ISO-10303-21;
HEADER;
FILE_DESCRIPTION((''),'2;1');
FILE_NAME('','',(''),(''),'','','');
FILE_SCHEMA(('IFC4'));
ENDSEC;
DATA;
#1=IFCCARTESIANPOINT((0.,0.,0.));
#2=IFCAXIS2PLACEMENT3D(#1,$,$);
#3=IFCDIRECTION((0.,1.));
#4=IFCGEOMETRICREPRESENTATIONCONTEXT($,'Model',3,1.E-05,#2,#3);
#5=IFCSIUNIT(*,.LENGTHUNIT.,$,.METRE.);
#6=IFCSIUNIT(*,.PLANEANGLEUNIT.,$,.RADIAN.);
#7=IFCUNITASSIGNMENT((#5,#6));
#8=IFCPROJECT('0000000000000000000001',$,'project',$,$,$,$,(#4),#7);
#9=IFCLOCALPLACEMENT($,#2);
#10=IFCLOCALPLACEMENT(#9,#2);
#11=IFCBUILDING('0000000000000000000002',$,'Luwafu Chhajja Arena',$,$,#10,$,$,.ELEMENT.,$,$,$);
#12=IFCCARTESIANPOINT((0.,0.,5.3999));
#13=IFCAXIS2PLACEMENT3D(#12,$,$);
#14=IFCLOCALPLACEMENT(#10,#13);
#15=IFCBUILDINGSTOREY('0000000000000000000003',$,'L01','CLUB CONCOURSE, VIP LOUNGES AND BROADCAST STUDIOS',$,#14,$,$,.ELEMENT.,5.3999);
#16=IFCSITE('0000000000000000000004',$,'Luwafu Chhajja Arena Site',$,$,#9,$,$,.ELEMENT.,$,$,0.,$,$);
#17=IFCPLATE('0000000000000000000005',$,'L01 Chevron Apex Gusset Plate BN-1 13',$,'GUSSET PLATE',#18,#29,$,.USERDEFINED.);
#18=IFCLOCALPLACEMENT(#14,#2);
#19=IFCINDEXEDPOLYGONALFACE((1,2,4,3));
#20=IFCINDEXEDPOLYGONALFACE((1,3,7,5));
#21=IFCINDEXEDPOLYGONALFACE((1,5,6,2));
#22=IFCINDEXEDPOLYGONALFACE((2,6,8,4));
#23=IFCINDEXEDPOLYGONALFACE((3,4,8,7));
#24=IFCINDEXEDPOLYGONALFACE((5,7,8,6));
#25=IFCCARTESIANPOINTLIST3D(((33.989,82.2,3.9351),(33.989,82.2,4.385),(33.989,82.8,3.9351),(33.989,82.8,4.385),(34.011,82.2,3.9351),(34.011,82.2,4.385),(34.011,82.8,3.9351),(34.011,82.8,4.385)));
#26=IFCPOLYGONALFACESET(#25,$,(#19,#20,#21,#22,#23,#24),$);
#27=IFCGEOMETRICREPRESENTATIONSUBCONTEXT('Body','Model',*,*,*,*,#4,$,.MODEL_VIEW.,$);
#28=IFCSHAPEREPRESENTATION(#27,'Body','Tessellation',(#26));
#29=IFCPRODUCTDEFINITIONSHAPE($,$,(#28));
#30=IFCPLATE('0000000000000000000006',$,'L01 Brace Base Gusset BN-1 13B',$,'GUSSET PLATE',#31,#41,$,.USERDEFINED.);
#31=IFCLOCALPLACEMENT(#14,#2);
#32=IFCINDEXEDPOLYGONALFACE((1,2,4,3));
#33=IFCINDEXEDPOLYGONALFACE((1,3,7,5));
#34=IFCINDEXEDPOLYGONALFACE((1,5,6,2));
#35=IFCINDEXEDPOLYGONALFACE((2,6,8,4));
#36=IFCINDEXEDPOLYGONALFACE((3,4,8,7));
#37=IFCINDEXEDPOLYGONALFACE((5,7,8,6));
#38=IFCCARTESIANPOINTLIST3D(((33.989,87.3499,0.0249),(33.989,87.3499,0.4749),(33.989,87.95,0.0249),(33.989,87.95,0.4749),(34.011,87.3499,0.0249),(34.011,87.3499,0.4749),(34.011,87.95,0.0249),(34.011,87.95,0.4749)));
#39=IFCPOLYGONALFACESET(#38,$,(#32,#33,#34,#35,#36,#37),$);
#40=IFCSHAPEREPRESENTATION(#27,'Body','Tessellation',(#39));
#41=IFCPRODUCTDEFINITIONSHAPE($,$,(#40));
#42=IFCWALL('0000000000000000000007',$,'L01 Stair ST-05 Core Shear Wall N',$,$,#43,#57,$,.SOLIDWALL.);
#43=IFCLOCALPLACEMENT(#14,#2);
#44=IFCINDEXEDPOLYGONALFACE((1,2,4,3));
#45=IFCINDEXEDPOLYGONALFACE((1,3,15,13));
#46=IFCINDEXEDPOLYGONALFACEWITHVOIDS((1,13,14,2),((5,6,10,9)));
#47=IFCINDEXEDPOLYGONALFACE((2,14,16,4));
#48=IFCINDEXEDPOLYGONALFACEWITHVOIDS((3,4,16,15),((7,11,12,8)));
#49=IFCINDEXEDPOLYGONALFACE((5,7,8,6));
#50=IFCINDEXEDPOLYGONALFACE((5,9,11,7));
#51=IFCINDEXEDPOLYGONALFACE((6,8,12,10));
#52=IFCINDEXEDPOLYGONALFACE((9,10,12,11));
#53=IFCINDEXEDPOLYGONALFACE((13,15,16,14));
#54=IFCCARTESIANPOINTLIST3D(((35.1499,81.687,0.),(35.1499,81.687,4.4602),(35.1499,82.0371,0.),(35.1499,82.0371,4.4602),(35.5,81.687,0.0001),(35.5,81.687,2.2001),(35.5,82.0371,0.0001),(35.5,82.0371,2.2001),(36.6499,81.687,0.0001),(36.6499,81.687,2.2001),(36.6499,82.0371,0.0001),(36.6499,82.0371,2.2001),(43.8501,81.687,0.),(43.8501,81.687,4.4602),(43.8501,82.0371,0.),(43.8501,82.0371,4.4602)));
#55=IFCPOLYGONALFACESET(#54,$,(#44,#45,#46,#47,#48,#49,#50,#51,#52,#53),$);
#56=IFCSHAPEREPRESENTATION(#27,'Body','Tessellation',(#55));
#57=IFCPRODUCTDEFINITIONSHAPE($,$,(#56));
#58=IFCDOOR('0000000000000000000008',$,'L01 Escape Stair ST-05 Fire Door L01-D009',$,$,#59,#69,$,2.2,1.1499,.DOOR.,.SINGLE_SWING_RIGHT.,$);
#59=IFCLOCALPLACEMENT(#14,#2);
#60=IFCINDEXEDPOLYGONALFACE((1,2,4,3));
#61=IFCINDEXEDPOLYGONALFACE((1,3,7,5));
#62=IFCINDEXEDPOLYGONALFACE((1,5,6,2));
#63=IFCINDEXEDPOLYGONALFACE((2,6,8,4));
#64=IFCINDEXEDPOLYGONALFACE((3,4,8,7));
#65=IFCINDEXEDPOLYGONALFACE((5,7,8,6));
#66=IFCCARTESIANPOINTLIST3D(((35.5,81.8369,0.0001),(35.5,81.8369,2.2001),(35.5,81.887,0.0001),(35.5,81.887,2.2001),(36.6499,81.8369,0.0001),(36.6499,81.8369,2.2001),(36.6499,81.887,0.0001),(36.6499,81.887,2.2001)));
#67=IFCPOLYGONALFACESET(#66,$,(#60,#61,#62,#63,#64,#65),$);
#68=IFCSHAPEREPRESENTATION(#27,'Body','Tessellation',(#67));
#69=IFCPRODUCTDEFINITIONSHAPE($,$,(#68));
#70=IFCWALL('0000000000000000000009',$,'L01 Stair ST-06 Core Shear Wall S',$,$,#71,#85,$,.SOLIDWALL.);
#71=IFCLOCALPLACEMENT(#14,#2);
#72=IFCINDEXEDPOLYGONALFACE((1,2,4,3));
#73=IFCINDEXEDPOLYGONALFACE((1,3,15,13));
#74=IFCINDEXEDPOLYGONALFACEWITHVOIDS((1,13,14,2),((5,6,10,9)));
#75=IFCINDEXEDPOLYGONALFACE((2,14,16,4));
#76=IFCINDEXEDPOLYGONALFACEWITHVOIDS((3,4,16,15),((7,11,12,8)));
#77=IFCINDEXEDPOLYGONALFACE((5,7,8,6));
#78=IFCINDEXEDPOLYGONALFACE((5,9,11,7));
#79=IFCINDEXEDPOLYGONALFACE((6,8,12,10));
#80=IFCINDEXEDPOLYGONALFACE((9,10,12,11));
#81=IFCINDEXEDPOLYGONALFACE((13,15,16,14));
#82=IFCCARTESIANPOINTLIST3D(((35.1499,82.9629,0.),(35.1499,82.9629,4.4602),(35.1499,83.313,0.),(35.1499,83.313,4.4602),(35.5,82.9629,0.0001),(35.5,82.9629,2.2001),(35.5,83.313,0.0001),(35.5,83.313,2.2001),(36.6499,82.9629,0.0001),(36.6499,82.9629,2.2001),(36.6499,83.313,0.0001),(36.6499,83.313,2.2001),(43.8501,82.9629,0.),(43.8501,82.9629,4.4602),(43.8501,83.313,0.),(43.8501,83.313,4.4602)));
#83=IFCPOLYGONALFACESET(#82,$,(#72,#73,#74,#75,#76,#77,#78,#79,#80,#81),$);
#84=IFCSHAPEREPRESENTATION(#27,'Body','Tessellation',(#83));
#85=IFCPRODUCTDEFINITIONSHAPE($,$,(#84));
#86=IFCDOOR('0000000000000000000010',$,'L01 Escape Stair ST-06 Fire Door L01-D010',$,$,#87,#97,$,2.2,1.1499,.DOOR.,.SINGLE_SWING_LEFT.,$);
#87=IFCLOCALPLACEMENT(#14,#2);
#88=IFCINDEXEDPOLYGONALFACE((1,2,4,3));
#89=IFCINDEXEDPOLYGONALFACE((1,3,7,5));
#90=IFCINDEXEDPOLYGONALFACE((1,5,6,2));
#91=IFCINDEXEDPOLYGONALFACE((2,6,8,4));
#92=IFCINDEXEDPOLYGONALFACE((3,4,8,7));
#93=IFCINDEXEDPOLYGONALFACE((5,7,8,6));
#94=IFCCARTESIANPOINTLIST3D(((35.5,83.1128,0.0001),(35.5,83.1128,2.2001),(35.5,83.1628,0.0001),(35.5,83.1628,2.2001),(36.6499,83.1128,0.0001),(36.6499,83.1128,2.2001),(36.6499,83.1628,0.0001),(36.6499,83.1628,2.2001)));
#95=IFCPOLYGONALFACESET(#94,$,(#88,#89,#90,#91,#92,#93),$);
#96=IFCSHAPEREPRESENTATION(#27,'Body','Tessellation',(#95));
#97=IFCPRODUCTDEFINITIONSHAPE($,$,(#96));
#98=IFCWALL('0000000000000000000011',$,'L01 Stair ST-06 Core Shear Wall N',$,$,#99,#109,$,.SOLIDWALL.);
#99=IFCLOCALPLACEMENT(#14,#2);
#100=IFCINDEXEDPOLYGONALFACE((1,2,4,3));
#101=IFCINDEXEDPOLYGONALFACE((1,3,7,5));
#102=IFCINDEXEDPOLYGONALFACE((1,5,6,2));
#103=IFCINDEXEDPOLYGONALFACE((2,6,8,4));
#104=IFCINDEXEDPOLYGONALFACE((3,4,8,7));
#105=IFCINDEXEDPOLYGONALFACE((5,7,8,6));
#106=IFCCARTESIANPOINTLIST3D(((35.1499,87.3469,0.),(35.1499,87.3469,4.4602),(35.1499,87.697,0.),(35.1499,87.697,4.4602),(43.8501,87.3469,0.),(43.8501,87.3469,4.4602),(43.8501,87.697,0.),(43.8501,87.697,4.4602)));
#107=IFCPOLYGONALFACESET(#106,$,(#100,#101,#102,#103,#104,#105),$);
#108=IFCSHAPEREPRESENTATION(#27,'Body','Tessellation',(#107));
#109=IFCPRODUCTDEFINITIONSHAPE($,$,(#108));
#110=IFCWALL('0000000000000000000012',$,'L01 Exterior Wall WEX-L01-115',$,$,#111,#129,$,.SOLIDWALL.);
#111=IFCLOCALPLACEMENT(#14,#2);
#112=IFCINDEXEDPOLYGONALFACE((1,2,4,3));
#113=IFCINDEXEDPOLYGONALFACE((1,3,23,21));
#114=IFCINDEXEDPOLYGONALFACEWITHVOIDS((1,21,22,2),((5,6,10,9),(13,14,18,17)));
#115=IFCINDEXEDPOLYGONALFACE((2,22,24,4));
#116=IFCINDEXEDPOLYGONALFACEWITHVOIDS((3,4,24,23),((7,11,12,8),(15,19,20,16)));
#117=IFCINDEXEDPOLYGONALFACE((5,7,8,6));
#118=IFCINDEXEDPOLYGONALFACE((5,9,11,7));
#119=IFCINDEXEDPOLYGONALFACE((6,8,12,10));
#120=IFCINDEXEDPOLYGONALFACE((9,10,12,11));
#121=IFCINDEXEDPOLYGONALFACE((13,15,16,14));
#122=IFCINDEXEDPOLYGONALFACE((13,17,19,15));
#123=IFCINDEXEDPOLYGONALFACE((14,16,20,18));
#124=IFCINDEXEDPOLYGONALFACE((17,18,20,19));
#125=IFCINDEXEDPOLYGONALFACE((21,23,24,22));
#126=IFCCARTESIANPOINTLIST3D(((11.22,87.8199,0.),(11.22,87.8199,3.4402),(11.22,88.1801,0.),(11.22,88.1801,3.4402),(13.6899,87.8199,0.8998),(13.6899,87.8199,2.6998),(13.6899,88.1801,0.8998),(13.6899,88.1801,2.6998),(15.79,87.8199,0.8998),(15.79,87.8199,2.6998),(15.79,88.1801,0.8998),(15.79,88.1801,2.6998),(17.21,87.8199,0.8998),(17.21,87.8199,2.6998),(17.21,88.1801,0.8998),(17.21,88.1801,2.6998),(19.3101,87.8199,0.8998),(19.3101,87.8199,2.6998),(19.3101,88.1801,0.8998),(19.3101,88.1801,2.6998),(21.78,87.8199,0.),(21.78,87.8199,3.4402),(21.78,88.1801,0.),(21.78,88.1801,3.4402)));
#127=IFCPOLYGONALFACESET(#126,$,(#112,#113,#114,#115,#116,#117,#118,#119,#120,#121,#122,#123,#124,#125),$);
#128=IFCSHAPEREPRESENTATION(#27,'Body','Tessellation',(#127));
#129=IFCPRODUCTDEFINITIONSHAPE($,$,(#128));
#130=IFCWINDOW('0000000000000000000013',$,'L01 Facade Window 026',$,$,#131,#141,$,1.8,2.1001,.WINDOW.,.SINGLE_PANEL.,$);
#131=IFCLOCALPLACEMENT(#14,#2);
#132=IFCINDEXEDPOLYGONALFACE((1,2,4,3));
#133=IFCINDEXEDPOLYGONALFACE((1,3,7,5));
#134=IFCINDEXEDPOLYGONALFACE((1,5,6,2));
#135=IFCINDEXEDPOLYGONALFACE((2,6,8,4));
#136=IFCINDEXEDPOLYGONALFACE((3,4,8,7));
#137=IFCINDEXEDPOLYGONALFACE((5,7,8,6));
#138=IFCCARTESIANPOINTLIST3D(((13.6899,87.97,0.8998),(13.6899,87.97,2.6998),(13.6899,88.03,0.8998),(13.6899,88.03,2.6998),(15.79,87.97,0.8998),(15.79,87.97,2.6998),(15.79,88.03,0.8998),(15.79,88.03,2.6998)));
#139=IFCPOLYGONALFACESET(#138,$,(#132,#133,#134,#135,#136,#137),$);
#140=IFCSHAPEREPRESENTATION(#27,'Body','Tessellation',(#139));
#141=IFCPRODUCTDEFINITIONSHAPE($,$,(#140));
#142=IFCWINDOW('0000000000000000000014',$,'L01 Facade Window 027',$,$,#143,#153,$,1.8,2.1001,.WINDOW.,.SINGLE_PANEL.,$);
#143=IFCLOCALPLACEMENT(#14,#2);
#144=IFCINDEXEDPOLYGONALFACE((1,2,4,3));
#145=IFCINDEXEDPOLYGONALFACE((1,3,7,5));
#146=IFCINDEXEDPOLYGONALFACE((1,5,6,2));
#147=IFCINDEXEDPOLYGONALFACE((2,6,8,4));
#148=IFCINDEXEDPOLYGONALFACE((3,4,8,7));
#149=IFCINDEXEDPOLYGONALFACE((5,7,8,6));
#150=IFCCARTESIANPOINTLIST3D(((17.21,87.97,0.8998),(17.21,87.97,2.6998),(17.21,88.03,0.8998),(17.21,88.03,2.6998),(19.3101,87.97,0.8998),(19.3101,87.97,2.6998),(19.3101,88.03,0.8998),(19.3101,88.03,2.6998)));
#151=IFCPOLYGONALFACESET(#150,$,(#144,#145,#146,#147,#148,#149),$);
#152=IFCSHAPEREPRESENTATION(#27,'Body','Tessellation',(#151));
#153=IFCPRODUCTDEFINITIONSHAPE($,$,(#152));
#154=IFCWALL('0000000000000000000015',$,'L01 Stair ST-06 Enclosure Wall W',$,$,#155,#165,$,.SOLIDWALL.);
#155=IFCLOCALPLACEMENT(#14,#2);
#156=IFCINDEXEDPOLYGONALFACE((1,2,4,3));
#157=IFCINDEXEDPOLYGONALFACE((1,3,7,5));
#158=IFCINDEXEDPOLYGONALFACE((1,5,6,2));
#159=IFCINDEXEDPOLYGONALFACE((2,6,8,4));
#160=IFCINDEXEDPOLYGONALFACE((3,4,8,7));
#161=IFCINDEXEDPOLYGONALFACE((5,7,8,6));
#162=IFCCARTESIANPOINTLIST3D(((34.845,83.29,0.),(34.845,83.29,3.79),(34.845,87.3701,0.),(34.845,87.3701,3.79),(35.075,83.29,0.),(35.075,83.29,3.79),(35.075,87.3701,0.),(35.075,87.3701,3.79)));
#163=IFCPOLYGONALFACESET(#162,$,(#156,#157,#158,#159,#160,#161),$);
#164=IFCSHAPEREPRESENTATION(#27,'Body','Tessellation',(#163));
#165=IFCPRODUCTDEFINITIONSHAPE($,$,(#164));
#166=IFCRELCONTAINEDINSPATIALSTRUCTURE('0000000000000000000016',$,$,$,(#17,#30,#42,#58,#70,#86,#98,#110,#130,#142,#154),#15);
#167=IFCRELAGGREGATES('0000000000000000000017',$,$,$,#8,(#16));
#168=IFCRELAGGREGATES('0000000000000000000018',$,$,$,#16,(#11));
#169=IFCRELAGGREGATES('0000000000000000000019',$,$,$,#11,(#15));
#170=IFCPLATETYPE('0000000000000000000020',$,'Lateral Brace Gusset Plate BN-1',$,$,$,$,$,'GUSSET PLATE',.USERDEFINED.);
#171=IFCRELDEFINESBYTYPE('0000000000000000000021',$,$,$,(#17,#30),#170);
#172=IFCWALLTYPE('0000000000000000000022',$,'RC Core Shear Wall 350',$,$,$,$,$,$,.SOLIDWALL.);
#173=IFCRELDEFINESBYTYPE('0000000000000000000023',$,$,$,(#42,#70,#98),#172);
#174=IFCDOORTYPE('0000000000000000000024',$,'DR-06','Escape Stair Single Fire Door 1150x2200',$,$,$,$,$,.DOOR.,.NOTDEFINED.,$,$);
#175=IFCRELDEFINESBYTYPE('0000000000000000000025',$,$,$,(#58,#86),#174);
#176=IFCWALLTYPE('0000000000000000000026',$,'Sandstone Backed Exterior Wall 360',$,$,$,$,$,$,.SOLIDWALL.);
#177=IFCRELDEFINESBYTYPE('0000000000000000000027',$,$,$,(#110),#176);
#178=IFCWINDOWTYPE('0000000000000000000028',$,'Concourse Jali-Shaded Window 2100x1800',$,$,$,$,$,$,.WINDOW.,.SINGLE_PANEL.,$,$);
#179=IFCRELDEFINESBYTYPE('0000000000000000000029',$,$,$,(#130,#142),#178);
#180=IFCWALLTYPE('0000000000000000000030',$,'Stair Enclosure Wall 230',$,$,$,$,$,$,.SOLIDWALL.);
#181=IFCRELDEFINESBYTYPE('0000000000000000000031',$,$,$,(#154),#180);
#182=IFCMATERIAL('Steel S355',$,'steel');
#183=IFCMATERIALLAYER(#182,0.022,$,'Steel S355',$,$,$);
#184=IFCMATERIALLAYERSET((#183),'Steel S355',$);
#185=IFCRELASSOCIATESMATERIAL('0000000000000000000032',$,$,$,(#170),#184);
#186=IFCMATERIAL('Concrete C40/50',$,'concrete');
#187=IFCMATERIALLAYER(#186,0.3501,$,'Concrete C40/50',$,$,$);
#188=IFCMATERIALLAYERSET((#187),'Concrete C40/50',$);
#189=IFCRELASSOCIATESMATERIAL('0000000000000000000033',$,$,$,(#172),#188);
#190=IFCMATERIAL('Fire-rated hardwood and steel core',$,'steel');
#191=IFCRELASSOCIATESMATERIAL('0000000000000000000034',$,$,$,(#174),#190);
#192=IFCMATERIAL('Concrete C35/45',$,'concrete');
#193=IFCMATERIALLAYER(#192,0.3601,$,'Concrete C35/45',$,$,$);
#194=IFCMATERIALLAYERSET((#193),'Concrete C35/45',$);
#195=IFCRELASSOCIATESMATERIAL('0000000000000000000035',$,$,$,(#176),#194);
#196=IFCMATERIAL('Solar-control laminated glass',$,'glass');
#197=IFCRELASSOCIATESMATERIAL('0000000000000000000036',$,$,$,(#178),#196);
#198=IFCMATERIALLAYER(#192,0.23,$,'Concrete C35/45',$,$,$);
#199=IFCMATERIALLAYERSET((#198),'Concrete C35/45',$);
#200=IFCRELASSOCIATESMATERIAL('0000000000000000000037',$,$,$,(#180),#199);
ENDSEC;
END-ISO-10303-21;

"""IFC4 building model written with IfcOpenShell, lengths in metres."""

from ifc_helpers import new_model, si_unit, direction, frame, frame_2d, origin, origin_2d, place, context, subcontext, project, spatial, rectangle, extrude, material, layer, layer_set, type_object, element, fill, save


model = new_model("IFC4")

# Units and contexts
model_context = context("Model", 3, precision=1e-05, world=origin(), true_north=direction((0.0, 1.0)))
body_context = subcontext(model_context, "Body", "Model", "MODEL_VIEW")
ifc_project = project(units=[si_unit("LENGTHUNIT", "METRE"), si_unit("PLANEANGLEUNIT", "RADIAN")], contexts=[model_context])

# Site, building, storey
site_placement = place(None, origin())
site = spatial("IfcSite", under=ifc_project, at=site_placement, Name="Luwafu Chhajja Arena Site", CompositionType="ELEMENT", RefElevation=0.0)
building_placement = place(site_placement, origin())
building = spatial("IfcBuilding", under=site, at=building_placement, Name="Luwafu Chhajja Arena", CompositionType="ELEMENT")
storey_placement = place(building_placement, frame((0.0, 0.0, 5.3999)))
storey = spatial("IfcBuildingStorey", under=building, at=storey_placement, Name="L01", Description="CLUB CONCOURSE, VIP LOUNGES AND BROADCAST STUDIOS", CompositionType="ELEMENT", Elevation=5.3999)

# Plates
ifc_material_1 = material(Name="Steel S355", Category="steel")
ifc_layer_1 = layer(ifc_material_1, 0.022, Name="Steel S355")
ifc_layer_set_1 = layer_set([ifc_layer_1], Name="Steel S355")
plate_type = type_object("IfcPlateType", Name="Lateral Brace Gusset Plate BN-1", ElementType="GUSSET PLATE", PredefinedType="USERDEFINED", material=ifc_layer_set_1)
for number, where, z_axis, x_axis, name in (
    (1, (34.0, 82.5, 3.9351), (0.0, 0.0, 1.0), (1.0, 0.0, 0.0), "L01 Chevron Apex Gusset Plate BN-1 13"),
    (2, (34.0, 87.6499, 0.0249), (0.0, 0.0, 1.0), (1.0, 0.0, 0.0), "L01 Brace Base Gusset BN-1 13B"),
):
    element("IfcPlate", number, at=place(storey_placement, frame(where, z_axis=z_axis, x_axis=x_axis)), inside=storey, type_object=plate_type, Name=name, ObjectType="GUSSET PLATE", PredefinedType="USERDEFINED", context=body_context, shape_type="SweptSolid", body=[
        extrude(rectangle(XDim=0.022, YDim=0.6001, at=origin_2d()), origin(), (0.0, 0.0, 1.0), 0.45),
    ])

# Walls, openings, doors
ifc_material_2 = material(Name="Concrete C40/50", Category="concrete")
ifc_layer_2 = layer(ifc_material_2, 0.3501, Name="Concrete C40/50")
ifc_layer_set_2 = layer_set([ifc_layer_2], Name="Concrete C40/50")
wall_type_1 = type_object("IfcWallType", Name="RC Core Shear Wall 350", PredefinedType="SOLIDWALL", material=ifc_layer_set_2)
wall_1_placement = place(storey_placement, frame((35.1499, 81.8621, 0.0), z_axis=(0.0, 0.0, 1.0), x_axis=(1.0, 0.0, 0.0)))
wall_1 = element("IfcWall", 3, at=wall_1_placement, inside=storey, type_object=wall_type_1, Name="L01 Stair ST-05 Core Shear Wall N", PredefinedType="SOLIDWALL", context=body_context, shape_type="SweptSolid", body=[
    extrude(rectangle(XDim=8.7002, YDim=0.3501, at=frame_2d((4.3501, 0.0))), origin(), (0.0, 0.0, 1.0), 4.4602),
])
opening_1_placement = place(wall_1_placement, frame((0.3501, 0.0, 0.0)))
opening_1 = element("IfcOpeningElement", 4, at=opening_1_placement, cuts=wall_1, PredefinedType="OPENING", context=body_context, shape_type="SweptSolid", body=[
    extrude(rectangle(XDim=1.1499, YDim=2.2, at=frame_2d((0.575, 1.1001))), frame((0.0, 0.1851, 0.0), z_axis=(0.0, -1.0, 0.0), x_axis=(1.0, 0.0, 0.0)), (0.0, 0.0, 1.0), 0.3701),
])
ifc_material_3 = material(Name="Fire-rated hardwood and steel core", Category="steel")
door_type = type_object("IfcDoorType", Name="DR-06", Description="Escape Stair Single Fire Door 1150x2200", OperationType="NOTDEFINED", PredefinedType="DOOR", material=ifc_material_3)
door_1_placement = place(opening_1_placement, origin())
door_1 = element("IfcDoor", 5, at=door_1_placement, inside=storey, type_object=door_type, Name="L01 Escape Stair ST-05 Fire Door L01-D009", OperationType="SINGLE_SWING_RIGHT", OverallHeight=2.2, OverallWidth=1.1499, PredefinedType="DOOR", context=body_context, shape_type="SweptSolid", body=[
    extrude(rectangle(XDim=1.1499, YDim=2.2, at=frame_2d((0.575, 1.1001))), frame((0.0, 0.0249, 0.0), z_axis=(0.0, -1.0, 0.0), x_axis=(1.0, 0.0, 0.0)), (0.0, 0.0, 1.0), 0.05),
])
fill(opening_1, door_1)
wall_2_placement = place(storey_placement, frame((35.1499, 83.1379, 0.0), z_axis=(0.0, 0.0, 1.0), x_axis=(1.0, 0.0, 0.0)))
wall_2 = element("IfcWall", 6, at=wall_2_placement, inside=storey, type_object=wall_type_1, Name="L01 Stair ST-06 Core Shear Wall S", PredefinedType="SOLIDWALL", context=body_context, shape_type="SweptSolid", body=[
    extrude(rectangle(XDim=8.7002, YDim=0.3501, at=frame_2d((4.3501, 0.0))), origin(), (0.0, 0.0, 1.0), 4.4602),
])
opening_2_placement = place(wall_2_placement, frame((0.3501, 0.0, 0.0)))
opening_2 = element("IfcOpeningElement", 7, at=opening_2_placement, cuts=wall_2, PredefinedType="OPENING", context=body_context, shape_type="SweptSolid", body=[
    extrude(rectangle(XDim=1.1499, YDim=2.2, at=frame_2d((0.575, 1.1001))), frame((0.0, 0.1851, 0.0), z_axis=(0.0, -1.0, 0.0), x_axis=(1.0, 0.0, 0.0)), (0.0, 0.0, 1.0), 0.3701),
])
door_2_placement = place(opening_2_placement, origin())
door_2 = element("IfcDoor", 8, at=door_2_placement, inside=storey, type_object=door_type, Name="L01 Escape Stair ST-06 Fire Door L01-D010", OperationType="SINGLE_SWING_LEFT", OverallHeight=2.2, OverallWidth=1.1499, PredefinedType="DOOR", context=body_context, shape_type="SweptSolid", body=[
    extrude(rectangle(XDim=1.1499, YDim=2.2, at=frame_2d((0.575, 1.1001))), frame((0.0, 0.0249, 0.0), z_axis=(0.0, -1.0, 0.0), x_axis=(1.0, 0.0, 0.0)), (0.0, 0.0, 1.0), 0.05),
])
fill(opening_2, door_2)

# Wall
wall_3_placement = place(storey_placement, frame((35.1499, 87.522, 0.0), z_axis=(0.0, 0.0, 1.0), x_axis=(1.0, 0.0, 0.0)))
element("IfcWall", 9, at=wall_3_placement, inside=storey, type_object=wall_type_1, Name="L01 Stair ST-06 Core Shear Wall N", PredefinedType="SOLIDWALL", context=body_context, shape_type="SweptSolid", body=[
    extrude(rectangle(XDim=8.7002, YDim=0.3501, at=frame_2d((4.3501, 0.0))), origin(), (0.0, 0.0, 1.0), 4.4602),
])

# Wall, openings, windows
ifc_material_4 = material(Name="Concrete C35/45", Category="concrete")
ifc_layer_3 = layer(ifc_material_4, 0.3601, Name="Concrete C35/45")
ifc_layer_set_3 = layer_set([ifc_layer_3], Name="Concrete C35/45")
wall_type_2 = type_object("IfcWallType", Name="Sandstone Backed Exterior Wall 360", PredefinedType="SOLIDWALL", material=ifc_layer_set_3)
wall_4_placement = place(storey_placement, frame((11.22, 88.0, 0.0), z_axis=(0.0, 0.0, 1.0), x_axis=(1.0, 0.0, 0.0)))
wall_4 = element("IfcWall", 10, at=wall_4_placement, inside=storey, type_object=wall_type_2, Name="L01 Exterior Wall WEX-L01-115", PredefinedType="SOLIDWALL", context=body_context, shape_type="SweptSolid", body=[
    extrude(rectangle(XDim=10.5601, YDim=0.3601, at=frame_2d((5.28, 0.0))), origin(), (0.0, 0.0, 1.0), 3.4402),
])
opening_3_placement = place(wall_4_placement, frame((2.47, 0.0, 0.8999)))
opening_3 = element("IfcOpeningElement", 11, at=opening_3_placement, cuts=wall_4, PredefinedType="OPENING", context=body_context, shape_type="SweptSolid", body=[
    extrude(rectangle(XDim=2.1001, YDim=1.8, at=frame_2d((1.05, 0.8999))), frame((0.0, 0.1899, 0.0), z_axis=(0.0, -1.0, 0.0), x_axis=(1.0, 0.0, 0.0)), (0.0, 0.0, 1.0), 0.3801),
])
opening_4_placement = place(wall_4_placement, frame((5.99, 0.0, 0.8999)))
opening_4 = element("IfcOpeningElement", 12, at=opening_4_placement, cuts=wall_4, PredefinedType="OPENING", context=body_context, shape_type="SweptSolid", body=[
    extrude(rectangle(XDim=2.1001, YDim=1.8, at=frame_2d((1.05, 0.8999))), frame((0.0, 0.1899, 0.0), z_axis=(0.0, -1.0, 0.0), x_axis=(1.0, 0.0, 0.0)), (0.0, 0.0, 1.0), 0.3801),
])
ifc_material_5 = material(Name="Solar-control laminated glass", Category="glass")
window_type = type_object("IfcWindowType", Name="Concourse Jali-Shaded Window 2100x1800", PartitioningType="SINGLE_PANEL", PredefinedType="WINDOW", material=ifc_material_5)
window_1_placement = place(opening_3_placement, origin())
window_1 = element("IfcWindow", 13, at=window_1_placement, inside=storey, type_object=window_type, Name="L01 Facade Window 026", OverallHeight=1.8, OverallWidth=2.1001, PartitioningType="SINGLE_PANEL", PredefinedType="WINDOW", context=body_context, shape_type="SweptSolid", body=[
    extrude(rectangle(XDim=2.1001, YDim=1.8, at=frame_2d((1.05, 0.8999))), frame((0.0, 0.03, 0.0), z_axis=(0.0, -1.0, 0.0), x_axis=(1.0, 0.0, 0.0)), (0.0, 0.0, 1.0), 0.0601),
])
fill(opening_3, window_1)
window_2_placement = place(opening_4_placement, origin())
window_2 = element("IfcWindow", 14, at=window_2_placement, inside=storey, type_object=window_type, Name="L01 Facade Window 027", OverallHeight=1.8, OverallWidth=2.1001, PartitioningType="SINGLE_PANEL", PredefinedType="WINDOW", context=body_context, shape_type="SweptSolid", body=[
    extrude(rectangle(XDim=2.1001, YDim=1.8, at=frame_2d((1.05, 0.8999))), frame((0.0, 0.03, 0.0), z_axis=(0.0, -1.0, 0.0), x_axis=(1.0, 0.0, 0.0)), (0.0, 0.0, 1.0), 0.0601),
])
fill(opening_4, window_2)

# Wall
ifc_layer_4 = layer(ifc_material_4, 0.23, Name="Concrete C35/45")
ifc_layer_set_4 = layer_set([ifc_layer_4], Name="Concrete C35/45")
wall_type_3 = type_object("IfcWallType", Name="Stair Enclosure Wall 230", PredefinedType="SOLIDWALL", material=ifc_layer_set_4)
wall_5_placement = place(storey_placement, frame((34.96, 83.29, 0.0), z_axis=(0.0, 0.0, 1.0), x_axis=(0.0, 1.0, 0.0)))
element("IfcWall", 15, at=wall_5_placement, inside=storey, type_object=wall_type_3, Name="L01 Stair ST-06 Enclosure Wall W", PredefinedType="SOLIDWALL", context=body_context, shape_type="SweptSolid", body=[
    extrude(rectangle(XDim=4.0801, YDim=0.23, at=frame_2d((2.04, 0.0))), origin(), (0.0, 0.0, 1.0), 3.79),
])

save(model, "model.ifc")
